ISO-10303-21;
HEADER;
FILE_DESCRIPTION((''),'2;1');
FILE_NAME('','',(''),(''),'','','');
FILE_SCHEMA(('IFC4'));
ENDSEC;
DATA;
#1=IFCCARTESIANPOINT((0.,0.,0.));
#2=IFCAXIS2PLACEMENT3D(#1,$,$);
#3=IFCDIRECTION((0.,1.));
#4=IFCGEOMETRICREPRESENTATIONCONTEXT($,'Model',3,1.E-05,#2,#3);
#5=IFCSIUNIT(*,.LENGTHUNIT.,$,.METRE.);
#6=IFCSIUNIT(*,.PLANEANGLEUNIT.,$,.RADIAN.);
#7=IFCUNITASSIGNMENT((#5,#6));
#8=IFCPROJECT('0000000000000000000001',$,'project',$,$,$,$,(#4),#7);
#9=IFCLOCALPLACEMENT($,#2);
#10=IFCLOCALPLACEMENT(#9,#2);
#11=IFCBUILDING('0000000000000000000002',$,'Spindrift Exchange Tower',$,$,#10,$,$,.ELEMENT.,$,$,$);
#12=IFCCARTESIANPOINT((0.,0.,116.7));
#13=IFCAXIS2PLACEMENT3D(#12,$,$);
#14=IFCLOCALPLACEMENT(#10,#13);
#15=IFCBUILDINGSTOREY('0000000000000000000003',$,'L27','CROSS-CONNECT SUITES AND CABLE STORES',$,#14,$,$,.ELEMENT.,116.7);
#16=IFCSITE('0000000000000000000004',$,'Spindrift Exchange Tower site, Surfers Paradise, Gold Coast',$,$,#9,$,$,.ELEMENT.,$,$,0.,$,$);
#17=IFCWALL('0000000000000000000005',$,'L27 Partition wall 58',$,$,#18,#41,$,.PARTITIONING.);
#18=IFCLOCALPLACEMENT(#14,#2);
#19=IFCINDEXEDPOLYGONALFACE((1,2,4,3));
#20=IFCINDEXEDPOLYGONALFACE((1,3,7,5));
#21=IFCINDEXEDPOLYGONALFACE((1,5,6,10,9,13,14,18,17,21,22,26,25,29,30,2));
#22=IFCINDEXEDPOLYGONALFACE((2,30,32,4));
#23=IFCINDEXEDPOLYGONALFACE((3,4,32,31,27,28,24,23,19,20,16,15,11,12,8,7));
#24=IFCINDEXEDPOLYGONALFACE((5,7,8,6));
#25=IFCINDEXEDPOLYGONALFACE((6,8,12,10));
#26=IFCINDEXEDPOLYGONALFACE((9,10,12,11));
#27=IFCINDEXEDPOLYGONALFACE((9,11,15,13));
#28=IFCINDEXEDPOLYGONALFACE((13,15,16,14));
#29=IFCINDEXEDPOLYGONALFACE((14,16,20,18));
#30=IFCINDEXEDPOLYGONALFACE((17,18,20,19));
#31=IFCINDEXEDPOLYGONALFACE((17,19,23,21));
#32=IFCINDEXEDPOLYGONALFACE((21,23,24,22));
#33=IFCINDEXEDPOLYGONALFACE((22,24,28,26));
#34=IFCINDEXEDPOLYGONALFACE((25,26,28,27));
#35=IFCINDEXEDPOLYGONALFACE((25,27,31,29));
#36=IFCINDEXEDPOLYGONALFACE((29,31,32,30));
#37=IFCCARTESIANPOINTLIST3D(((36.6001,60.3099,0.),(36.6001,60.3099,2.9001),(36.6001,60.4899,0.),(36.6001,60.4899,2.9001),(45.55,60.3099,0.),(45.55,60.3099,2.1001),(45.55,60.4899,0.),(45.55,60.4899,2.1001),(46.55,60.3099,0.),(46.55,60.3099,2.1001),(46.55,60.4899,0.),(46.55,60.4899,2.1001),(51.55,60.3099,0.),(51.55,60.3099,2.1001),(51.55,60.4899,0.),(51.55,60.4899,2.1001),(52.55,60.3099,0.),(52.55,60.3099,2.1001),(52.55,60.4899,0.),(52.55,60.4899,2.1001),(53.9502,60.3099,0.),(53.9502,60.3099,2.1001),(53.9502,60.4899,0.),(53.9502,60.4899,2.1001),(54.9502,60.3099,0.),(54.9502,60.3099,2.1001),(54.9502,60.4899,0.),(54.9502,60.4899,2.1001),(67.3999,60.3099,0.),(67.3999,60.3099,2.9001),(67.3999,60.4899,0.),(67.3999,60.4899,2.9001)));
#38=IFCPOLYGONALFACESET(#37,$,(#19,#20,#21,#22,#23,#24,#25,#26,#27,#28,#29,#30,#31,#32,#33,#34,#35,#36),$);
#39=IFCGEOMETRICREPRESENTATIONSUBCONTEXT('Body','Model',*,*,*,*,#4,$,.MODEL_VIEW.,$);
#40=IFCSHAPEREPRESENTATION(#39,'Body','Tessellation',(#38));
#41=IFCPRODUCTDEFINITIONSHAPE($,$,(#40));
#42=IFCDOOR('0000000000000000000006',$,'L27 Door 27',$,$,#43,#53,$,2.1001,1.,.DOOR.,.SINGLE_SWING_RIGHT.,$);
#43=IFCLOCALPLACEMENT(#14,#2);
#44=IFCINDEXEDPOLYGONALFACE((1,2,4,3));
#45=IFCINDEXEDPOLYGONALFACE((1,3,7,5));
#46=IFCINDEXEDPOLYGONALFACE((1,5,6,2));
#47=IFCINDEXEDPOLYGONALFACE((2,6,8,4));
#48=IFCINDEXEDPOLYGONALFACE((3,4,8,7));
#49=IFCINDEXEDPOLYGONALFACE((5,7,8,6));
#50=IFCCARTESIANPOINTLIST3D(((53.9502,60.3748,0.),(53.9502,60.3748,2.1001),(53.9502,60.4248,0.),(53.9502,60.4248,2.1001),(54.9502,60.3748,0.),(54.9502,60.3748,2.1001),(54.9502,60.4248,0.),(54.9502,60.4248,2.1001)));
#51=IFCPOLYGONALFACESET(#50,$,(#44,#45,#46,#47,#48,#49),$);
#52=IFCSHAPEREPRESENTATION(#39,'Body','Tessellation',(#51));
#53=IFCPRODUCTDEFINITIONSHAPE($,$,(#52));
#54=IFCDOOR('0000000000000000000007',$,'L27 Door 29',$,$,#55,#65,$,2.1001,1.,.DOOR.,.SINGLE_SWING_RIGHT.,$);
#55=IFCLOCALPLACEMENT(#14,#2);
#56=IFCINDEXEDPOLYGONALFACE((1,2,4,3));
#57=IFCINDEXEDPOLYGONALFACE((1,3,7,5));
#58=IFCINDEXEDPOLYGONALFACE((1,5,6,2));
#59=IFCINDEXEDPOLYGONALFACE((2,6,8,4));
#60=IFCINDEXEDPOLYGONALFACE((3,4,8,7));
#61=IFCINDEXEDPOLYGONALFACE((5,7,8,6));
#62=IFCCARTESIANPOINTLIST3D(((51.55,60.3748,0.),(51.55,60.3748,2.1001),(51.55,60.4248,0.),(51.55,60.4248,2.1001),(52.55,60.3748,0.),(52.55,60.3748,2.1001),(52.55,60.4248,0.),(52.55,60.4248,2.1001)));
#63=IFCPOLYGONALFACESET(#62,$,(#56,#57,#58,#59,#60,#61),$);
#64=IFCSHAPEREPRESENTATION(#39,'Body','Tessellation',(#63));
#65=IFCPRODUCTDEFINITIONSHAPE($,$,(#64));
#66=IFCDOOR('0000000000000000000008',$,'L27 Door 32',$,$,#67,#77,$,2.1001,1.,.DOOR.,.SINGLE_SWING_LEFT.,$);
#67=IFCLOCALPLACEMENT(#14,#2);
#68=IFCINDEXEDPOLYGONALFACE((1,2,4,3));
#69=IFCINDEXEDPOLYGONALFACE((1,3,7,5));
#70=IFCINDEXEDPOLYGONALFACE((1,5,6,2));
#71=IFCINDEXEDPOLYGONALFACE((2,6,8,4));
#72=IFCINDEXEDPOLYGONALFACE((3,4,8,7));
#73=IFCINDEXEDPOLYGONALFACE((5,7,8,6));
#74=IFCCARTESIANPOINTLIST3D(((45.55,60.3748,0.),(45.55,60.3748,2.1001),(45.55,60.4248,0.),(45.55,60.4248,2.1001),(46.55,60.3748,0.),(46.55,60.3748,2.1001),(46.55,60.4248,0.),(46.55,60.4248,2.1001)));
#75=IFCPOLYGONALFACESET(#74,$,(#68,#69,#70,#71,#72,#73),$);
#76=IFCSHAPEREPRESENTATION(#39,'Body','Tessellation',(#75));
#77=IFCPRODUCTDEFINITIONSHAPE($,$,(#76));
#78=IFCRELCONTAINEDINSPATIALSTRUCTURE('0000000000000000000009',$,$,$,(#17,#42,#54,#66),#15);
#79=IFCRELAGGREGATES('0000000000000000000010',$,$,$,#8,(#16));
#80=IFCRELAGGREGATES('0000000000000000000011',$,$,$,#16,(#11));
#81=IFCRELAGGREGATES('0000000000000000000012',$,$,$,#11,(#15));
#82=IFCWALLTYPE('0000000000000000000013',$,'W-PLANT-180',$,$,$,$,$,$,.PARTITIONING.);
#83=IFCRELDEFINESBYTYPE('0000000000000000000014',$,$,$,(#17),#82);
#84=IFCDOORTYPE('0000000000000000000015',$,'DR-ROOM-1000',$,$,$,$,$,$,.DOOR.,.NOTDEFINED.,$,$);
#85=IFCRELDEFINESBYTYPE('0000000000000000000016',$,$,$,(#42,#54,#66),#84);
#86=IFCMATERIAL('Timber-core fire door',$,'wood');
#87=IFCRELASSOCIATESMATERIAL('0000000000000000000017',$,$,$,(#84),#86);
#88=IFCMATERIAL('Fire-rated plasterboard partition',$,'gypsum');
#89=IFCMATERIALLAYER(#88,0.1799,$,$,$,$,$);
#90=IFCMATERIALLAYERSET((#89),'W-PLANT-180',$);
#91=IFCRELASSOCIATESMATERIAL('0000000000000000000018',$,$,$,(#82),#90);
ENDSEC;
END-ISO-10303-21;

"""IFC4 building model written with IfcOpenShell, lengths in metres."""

from ifc_helpers import new_model, si_unit, direction, frame, frame_2d, origin, place, context, subcontext, project, spatial, rectangle, extrude, source, transform, mapped, material, layer, layer_set, type_object, element, fill, save


model = new_model("IFC4")

# Units and contexts
model_context = context("Model", 3, precision=1e-05, world=origin(), true_north=direction((0.0, 1.0)))
body_context = subcontext(model_context, "Body", "Model", "MODEL_VIEW")
ifc_project = project(units=[si_unit("LENGTHUNIT", "METRE"), si_unit("PLANEANGLEUNIT", "RADIAN")], contexts=[model_context])

# Site, building, storey
site_placement = place(None, origin())
site = spatial("IfcSite", under=ifc_project, at=site_placement, Name="Spindrift Exchange Tower site, Surfers Paradise, Gold Coast", CompositionType="ELEMENT", RefElevation=0.0)
building_placement = place(site_placement, origin())
building = spatial("IfcBuilding", under=site, at=building_placement, Name="Spindrift Exchange Tower", CompositionType="ELEMENT")
storey_placement = place(building_placement, frame((0.0, 0.0, 116.7)))
storey = spatial("IfcBuildingStorey", under=building, at=storey_placement, Name="L27", Description="CROSS-CONNECT SUITES AND CABLE STORES", CompositionType="ELEMENT", Elevation=116.7)

# Shared definitions
ifc_material_1 = material(Name="Timber-core fire door", Category="wood")

# Shared definitions
ifc_material_2 = material(Name="Fire-rated plasterboard partition", Category="gypsum")

# Shared definitions
door_type_1 = type_object("IfcDoorType", Name="DR-ROOM-1000", OperationType="NOTDEFINED", PredefinedType="DOOR", material=ifc_material_1)
shared_shape_1 = source(origin(), body_context, "Body", "SweptSolid", [
    extrude(rectangle(XDim=1.0, YDim=2.1001, at=frame_2d((0.5, 1.05))), frame((0.0, 0.0249, 0.0), z_axis=(0.0, -1.0, 0.0), x_axis=(1.0, 0.0, 0.0)), (0.0, 0.0, 1.0), 0.05),
])

# Wall, openings, doors
ifc_layer_1 = layer(ifc_material_2, 0.1799)
ifc_layer_set_1 = layer_set([ifc_layer_1], Name="W-PLANT-180")
wall_type_1 = type_object("IfcWallType", Name="W-PLANT-180", PredefinedType="PARTITIONING", material=ifc_layer_set_1)
wall_1_placement = place(storey_placement, frame((36.6001, 60.3999, 0.0), z_axis=(0.0, 0.0, 1.0), x_axis=(1.0, 0.0, 0.0)))
wall_1 = element("IfcWall", 1, at=wall_1_placement, inside=storey, type_object=wall_type_1, Name="L27 Partition wall 58", PredefinedType="PARTITIONING", context=body_context, shape_type="SweptSolid", body=[
    extrude(rectangle(XDim=30.7998, YDim=0.1799, at=frame_2d((15.3999, 0.0))), origin(), (0.0, 0.0, 1.0), 2.9001),
])
opening_1_placement = place(wall_1_placement, frame((17.3501, 0.0, 0.0)))
opening_1 = element("IfcOpeningElement", 2, at=opening_1_placement, cuts=wall_1, PredefinedType="OPENING", context=body_context, shape_type="SweptSolid", body=[
    extrude(rectangle(XDim=1.0, YDim=2.1001, at=frame_2d((0.5, 1.05))), frame((0.0, 0.0999, 0.0), z_axis=(0.0, -1.0, 0.0), x_axis=(1.0, 0.0, 0.0)), (0.0, 0.0, 1.0), 0.2),
])
opening_2_placement = place(wall_1_placement, frame((14.95, 0.0, 0.0)))
opening_2 = element("IfcOpeningElement", 3, at=opening_2_placement, cuts=wall_1, PredefinedType="OPENING", context=body_context, shape_type="SweptSolid", body=[
    extrude(rectangle(XDim=1.0, YDim=2.1001, at=frame_2d((0.5, 1.05))), frame((0.0, 0.0999, 0.0), z_axis=(0.0, -1.0, 0.0), x_axis=(1.0, 0.0, 0.0)), (0.0, 0.0, 1.0), 0.2),
])
opening_3_placement = place(wall_1_placement, frame((8.95, 0.0, 0.0)))
opening_3 = element("IfcOpeningElement", 4, at=opening_3_placement, cuts=wall_1, PredefinedType="OPENING", context=body_context, shape_type="SweptSolid", body=[
    extrude(rectangle(XDim=1.0, YDim=2.1001, at=frame_2d((0.5, 1.05))), frame((0.0, 0.0999, 0.0), z_axis=(0.0, -1.0, 0.0), x_axis=(1.0, 0.0, 0.0)), (0.0, 0.0, 1.0), 0.2),
])
door_1_placement = place(opening_1_placement, origin())
door_1 = element("IfcDoor", 5, at=door_1_placement, inside=storey, type_object=door_type_1, Name="L27 Door 27", OperationType="SINGLE_SWING_RIGHT", OverallHeight=2.1001, OverallWidth=1.0, PredefinedType="DOOR", context=body_context, shape_type="MappedRepresentation", body=[
    mapped(shared_shape_1, transform((0.0, 0.0, 0.0), scale=1.0)),
])
fill(opening_1, door_1)
door_2_placement = place(opening_2_placement, origin())
door_2 = element("IfcDoor", 6, at=door_2_placement, inside=storey, type_object=door_type_1, Name="L27 Door 29", OperationType="SINGLE_SWING_RIGHT", OverallHeight=2.1001, OverallWidth=1.0, PredefinedType="DOOR", context=body_context, shape_type="MappedRepresentation", body=[
    mapped(shared_shape_1, transform((0.0, 0.0, 0.0), scale=1.0)),
])
fill(opening_2, door_2)
door_3_placement = place(opening_3_placement, origin())
door_3 = element("IfcDoor", 7, at=door_3_placement, inside=storey, type_object=door_type_1, Name="L27 Door 32", OperationType="SINGLE_SWING_LEFT", OverallHeight=2.1001, OverallWidth=1.0, PredefinedType="DOOR", context=body_context, shape_type="MappedRepresentation", body=[
    mapped(shared_shape_1, transform((0.0, 0.0, 0.0), scale=1.0)),
])
fill(opening_3, door_3)

save(model, "model.ifc")
